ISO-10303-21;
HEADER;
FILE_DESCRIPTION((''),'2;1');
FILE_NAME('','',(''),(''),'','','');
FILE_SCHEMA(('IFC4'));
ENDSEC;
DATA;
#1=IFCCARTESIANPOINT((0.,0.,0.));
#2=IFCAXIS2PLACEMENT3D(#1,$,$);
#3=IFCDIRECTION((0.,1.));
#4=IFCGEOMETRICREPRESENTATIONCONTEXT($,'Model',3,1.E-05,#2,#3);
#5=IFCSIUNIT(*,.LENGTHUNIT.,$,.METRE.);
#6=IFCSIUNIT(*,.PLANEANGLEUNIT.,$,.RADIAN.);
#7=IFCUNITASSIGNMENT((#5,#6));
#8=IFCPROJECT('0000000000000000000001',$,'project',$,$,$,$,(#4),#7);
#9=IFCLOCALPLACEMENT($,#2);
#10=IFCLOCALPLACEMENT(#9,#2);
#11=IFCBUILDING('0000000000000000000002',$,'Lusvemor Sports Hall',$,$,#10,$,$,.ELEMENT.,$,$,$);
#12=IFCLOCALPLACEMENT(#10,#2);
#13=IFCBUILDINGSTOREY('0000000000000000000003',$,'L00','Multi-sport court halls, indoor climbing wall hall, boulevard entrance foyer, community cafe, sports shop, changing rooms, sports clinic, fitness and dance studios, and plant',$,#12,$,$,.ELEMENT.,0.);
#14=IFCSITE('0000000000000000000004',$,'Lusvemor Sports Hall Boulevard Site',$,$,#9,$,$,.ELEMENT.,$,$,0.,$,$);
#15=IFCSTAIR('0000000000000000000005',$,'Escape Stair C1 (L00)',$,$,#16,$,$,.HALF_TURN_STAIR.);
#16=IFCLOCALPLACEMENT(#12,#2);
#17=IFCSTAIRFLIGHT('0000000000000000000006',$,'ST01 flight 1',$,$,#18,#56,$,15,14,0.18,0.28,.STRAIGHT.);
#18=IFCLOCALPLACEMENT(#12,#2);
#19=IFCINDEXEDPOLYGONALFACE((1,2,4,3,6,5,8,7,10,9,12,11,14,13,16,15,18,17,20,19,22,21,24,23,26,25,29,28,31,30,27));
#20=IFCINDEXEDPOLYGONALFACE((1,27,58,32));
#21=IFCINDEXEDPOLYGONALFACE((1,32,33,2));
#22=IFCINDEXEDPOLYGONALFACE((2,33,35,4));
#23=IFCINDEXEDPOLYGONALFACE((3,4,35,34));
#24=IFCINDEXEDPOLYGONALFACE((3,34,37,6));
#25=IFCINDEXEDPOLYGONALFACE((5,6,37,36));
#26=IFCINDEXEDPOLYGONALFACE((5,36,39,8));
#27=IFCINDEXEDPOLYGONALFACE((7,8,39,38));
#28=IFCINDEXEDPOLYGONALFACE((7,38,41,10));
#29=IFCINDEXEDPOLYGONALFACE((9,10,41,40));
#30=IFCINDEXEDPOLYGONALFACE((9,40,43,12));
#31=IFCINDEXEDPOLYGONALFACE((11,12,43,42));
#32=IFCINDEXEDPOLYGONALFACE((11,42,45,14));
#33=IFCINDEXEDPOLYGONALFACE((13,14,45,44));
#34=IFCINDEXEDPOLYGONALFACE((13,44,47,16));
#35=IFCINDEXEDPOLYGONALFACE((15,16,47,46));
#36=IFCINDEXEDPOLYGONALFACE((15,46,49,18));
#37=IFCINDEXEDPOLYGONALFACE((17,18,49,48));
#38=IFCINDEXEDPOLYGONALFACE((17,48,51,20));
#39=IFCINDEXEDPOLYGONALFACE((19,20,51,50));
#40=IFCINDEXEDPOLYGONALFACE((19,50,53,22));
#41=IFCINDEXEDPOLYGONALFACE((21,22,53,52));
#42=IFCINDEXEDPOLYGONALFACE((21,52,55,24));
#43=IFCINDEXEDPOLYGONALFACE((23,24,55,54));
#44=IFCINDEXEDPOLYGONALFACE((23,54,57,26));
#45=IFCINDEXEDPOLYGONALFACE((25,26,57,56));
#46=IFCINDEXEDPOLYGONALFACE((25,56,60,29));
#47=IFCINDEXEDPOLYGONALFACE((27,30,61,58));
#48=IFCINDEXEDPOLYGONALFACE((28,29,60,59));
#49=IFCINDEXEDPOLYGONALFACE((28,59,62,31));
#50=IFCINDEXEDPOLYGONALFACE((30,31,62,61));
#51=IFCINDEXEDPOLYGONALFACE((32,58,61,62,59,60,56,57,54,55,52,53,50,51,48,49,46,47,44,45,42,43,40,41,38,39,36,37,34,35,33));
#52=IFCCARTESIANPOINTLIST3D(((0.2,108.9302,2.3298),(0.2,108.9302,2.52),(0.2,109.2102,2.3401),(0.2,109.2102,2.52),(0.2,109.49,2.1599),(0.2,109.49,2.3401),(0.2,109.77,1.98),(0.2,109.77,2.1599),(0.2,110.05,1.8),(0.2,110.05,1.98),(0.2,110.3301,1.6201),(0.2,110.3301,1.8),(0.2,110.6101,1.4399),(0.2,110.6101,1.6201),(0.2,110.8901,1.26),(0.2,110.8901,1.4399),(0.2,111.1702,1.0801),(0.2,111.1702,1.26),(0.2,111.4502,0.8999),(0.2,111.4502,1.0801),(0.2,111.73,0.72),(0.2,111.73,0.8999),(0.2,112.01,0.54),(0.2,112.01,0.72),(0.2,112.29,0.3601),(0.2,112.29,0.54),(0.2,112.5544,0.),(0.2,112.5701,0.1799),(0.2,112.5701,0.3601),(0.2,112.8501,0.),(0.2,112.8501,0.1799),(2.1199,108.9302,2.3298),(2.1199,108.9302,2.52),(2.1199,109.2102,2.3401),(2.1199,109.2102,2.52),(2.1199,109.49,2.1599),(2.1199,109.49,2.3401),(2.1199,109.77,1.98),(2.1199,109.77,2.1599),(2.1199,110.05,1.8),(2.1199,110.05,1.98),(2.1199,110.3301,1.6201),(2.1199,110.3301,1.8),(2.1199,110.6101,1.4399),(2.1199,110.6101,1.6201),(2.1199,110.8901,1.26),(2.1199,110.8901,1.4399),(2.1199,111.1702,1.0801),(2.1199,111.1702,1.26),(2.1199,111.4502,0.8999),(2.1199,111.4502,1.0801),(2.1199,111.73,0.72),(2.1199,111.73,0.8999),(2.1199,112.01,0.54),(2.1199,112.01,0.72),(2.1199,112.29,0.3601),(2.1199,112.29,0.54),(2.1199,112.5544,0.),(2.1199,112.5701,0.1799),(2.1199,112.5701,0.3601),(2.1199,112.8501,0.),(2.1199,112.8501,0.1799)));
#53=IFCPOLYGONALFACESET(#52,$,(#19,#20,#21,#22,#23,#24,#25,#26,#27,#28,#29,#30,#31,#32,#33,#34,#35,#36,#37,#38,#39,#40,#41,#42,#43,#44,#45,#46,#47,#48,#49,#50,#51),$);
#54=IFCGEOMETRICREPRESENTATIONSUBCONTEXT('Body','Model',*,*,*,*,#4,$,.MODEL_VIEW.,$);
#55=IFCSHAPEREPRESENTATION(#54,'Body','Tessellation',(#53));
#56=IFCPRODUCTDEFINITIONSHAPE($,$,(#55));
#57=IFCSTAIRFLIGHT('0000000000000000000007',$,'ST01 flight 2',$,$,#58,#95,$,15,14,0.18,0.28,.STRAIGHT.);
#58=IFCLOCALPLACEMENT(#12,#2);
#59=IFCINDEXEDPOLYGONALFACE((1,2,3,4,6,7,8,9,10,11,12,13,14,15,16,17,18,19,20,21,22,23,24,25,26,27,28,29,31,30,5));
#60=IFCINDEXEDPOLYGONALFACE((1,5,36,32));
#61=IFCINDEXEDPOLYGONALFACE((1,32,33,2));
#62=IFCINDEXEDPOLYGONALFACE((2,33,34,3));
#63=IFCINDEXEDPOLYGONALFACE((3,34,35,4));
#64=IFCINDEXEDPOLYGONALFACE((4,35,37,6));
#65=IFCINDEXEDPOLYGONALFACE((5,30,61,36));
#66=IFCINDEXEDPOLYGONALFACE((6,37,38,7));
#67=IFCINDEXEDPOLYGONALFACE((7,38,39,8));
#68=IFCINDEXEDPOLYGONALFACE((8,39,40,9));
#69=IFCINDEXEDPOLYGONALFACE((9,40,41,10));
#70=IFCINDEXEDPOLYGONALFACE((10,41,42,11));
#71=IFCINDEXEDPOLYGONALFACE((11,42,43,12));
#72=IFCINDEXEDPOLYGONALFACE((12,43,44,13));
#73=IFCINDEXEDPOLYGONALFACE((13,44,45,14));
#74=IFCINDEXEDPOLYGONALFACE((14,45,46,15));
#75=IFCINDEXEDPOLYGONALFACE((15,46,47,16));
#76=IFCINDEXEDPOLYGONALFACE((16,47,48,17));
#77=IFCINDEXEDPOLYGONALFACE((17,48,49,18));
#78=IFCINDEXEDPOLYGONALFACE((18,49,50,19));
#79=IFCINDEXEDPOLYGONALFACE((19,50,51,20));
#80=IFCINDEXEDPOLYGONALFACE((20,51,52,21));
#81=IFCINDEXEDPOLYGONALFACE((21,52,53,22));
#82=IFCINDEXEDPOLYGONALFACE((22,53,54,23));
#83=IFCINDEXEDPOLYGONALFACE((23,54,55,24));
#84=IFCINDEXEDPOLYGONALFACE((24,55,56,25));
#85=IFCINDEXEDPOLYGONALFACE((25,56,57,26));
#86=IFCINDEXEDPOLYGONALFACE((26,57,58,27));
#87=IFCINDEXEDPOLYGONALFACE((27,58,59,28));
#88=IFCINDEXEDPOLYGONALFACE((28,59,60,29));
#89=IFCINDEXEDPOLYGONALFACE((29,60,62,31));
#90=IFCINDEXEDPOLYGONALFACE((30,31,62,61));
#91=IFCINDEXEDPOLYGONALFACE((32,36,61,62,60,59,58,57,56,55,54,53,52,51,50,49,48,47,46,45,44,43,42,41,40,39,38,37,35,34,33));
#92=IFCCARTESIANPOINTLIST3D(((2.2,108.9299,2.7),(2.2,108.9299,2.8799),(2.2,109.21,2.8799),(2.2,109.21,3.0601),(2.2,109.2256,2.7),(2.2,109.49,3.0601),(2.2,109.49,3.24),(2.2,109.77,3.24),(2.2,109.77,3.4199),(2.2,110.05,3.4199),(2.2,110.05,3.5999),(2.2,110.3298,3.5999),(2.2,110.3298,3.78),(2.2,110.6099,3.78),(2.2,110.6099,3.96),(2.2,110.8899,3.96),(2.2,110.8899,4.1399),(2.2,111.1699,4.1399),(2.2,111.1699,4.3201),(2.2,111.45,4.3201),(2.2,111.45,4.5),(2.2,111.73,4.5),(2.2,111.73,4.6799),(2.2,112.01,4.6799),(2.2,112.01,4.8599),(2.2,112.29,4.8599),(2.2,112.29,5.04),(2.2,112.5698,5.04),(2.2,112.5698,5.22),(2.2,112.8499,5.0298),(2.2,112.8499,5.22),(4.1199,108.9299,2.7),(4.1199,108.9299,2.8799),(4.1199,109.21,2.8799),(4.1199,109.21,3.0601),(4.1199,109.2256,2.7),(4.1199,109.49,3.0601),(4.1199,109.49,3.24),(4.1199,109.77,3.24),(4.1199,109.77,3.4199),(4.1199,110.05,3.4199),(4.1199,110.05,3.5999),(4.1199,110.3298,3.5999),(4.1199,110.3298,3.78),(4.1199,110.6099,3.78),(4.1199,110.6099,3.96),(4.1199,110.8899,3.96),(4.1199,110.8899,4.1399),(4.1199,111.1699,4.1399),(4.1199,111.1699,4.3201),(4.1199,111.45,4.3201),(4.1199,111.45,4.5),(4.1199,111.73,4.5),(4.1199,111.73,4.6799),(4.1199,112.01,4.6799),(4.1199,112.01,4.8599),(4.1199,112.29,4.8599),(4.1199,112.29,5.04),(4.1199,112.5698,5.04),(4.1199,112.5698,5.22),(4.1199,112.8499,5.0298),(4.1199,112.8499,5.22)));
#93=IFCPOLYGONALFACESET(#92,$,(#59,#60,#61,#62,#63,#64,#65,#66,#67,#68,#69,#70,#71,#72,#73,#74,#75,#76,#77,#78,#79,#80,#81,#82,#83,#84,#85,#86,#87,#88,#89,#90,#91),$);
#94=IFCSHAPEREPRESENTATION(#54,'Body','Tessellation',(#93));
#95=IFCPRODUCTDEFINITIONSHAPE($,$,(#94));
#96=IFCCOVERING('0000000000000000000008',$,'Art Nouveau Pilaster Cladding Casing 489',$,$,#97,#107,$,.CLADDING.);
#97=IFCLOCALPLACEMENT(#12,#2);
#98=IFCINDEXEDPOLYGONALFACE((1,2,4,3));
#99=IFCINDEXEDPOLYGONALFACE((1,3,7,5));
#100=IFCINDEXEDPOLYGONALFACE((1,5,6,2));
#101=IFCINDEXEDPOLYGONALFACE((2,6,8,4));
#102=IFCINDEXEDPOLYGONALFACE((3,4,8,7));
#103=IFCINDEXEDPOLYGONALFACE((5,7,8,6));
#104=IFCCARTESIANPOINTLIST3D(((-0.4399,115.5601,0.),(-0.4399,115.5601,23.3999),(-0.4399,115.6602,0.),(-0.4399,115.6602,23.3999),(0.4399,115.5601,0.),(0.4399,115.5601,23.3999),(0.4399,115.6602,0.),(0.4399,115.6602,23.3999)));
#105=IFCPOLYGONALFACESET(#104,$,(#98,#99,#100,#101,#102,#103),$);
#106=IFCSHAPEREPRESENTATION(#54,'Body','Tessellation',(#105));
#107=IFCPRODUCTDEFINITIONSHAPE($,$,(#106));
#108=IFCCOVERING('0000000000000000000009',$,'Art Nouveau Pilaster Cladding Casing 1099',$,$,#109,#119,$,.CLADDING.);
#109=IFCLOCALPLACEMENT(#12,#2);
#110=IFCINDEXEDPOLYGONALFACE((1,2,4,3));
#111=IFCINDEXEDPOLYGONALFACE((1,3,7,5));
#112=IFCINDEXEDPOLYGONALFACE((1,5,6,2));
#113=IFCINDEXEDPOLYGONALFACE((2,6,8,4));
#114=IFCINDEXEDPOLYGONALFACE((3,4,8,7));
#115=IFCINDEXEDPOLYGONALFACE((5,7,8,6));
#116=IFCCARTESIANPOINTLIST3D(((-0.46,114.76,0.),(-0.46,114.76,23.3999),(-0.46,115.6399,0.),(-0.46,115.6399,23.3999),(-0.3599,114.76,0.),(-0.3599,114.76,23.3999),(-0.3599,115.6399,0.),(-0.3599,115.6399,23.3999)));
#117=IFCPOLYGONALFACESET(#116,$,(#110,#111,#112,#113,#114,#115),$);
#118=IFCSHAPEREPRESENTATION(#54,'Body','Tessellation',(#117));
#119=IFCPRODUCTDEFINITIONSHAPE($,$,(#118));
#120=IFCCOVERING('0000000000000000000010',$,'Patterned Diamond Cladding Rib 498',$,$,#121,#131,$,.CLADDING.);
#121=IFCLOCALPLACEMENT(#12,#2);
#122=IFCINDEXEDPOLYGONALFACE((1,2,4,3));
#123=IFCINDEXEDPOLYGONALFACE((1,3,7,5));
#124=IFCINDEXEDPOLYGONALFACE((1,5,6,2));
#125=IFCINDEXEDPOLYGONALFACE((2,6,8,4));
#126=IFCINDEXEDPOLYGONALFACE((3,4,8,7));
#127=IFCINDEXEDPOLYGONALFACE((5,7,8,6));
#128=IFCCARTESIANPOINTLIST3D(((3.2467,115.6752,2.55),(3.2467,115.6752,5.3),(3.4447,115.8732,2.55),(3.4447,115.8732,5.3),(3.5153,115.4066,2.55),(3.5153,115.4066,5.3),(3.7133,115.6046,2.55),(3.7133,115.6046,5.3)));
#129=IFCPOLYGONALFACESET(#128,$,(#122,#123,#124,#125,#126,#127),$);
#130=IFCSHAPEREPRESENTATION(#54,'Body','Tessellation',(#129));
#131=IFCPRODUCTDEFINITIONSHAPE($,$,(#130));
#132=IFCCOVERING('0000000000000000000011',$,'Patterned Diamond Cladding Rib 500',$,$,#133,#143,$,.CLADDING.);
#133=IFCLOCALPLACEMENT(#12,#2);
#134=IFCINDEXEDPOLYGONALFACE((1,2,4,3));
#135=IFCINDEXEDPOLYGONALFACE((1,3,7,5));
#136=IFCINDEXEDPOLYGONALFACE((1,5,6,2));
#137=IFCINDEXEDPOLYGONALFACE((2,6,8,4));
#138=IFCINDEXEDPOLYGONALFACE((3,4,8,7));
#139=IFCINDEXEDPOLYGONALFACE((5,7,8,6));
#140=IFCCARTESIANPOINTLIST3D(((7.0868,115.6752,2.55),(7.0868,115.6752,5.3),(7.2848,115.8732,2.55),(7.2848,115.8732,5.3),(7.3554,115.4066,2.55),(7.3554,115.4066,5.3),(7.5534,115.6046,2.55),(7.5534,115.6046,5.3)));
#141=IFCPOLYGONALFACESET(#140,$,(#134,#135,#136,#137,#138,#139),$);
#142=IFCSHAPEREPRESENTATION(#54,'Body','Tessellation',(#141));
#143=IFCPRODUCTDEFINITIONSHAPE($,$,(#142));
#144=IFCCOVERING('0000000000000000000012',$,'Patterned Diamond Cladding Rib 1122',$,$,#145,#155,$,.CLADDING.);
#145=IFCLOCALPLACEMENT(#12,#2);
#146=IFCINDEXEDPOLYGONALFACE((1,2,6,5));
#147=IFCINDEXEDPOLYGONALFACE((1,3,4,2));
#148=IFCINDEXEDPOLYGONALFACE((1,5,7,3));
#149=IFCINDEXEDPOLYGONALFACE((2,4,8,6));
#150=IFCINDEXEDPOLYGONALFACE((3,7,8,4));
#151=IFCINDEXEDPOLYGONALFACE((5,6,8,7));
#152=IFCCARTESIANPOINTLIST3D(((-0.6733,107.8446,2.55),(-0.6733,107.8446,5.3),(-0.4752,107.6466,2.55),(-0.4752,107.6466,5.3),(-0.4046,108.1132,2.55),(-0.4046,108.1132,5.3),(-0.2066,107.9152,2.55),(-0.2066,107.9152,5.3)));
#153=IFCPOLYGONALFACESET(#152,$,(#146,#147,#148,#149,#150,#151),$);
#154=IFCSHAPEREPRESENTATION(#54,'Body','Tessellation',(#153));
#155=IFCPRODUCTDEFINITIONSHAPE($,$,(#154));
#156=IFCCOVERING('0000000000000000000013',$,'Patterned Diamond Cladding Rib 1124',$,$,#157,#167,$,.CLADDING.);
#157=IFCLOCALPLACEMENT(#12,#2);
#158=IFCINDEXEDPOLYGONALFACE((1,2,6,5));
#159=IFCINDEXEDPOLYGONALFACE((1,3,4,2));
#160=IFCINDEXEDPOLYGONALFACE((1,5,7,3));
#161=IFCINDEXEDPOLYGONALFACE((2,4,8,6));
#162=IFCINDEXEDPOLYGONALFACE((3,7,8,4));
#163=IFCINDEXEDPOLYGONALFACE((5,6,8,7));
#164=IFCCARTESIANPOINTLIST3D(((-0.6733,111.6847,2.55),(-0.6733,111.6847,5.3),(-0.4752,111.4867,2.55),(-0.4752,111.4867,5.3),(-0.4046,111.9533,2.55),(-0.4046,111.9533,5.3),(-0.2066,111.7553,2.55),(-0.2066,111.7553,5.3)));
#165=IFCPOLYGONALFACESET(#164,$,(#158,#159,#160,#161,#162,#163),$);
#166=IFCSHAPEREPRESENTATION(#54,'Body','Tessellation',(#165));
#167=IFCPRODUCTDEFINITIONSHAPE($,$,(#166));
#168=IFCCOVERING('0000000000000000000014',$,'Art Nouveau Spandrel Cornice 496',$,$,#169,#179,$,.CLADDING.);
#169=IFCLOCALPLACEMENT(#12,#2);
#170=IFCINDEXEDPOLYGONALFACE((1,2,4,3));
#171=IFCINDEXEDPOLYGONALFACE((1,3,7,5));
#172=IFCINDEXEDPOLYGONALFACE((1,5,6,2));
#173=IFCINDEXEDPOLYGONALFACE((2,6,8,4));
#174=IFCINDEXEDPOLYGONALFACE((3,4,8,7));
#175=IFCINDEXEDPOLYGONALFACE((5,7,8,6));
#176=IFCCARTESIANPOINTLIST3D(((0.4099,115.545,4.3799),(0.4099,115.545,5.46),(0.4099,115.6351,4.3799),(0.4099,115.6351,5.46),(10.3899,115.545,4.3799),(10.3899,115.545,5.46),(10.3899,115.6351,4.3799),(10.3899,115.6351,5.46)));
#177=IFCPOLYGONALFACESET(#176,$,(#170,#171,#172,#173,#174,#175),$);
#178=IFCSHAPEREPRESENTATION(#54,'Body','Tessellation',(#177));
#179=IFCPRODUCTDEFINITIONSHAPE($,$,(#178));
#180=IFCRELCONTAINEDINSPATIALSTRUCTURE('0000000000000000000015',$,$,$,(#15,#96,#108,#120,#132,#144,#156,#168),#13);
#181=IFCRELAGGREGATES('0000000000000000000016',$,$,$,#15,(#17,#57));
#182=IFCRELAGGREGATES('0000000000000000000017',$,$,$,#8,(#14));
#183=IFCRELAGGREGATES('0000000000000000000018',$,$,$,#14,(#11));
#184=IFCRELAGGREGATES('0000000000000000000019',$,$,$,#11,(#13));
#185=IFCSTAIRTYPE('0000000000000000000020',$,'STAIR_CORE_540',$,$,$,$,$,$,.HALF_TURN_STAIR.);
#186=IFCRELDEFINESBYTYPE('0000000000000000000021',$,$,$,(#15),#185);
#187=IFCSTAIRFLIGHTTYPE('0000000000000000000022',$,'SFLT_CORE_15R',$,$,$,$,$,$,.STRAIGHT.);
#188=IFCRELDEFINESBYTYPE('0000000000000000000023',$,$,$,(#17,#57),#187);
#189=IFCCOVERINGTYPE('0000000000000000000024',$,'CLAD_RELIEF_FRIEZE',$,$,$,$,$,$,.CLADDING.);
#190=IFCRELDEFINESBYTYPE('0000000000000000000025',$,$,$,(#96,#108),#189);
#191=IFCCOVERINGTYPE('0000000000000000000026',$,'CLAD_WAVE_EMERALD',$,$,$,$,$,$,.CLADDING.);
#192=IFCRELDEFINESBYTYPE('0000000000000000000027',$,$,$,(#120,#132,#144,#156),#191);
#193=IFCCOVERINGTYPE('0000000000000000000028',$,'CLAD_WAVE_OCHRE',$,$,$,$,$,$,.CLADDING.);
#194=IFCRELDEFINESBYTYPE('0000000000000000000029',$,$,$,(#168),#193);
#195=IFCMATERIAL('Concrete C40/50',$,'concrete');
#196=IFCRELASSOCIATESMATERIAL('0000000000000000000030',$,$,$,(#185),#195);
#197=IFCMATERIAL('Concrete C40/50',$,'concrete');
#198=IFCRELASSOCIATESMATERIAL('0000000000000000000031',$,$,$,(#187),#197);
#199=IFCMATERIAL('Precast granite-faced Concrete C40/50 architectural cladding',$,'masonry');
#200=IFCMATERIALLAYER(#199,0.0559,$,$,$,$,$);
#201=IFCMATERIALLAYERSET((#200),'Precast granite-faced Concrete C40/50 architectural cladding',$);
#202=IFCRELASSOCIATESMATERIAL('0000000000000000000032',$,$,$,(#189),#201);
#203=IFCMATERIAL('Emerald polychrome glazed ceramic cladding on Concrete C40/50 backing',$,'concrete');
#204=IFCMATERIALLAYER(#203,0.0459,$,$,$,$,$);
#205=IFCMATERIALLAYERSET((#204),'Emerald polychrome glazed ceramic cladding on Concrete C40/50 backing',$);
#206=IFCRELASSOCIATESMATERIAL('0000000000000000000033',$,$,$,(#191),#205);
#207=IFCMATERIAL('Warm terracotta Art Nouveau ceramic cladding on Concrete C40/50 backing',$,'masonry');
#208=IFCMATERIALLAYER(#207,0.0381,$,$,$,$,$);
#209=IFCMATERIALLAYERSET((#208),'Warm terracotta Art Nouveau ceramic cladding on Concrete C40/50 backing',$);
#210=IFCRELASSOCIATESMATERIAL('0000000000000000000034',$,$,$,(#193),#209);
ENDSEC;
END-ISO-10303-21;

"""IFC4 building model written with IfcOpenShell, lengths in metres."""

from ifc_helpers import new_model, si_unit, direction, frame, origin, origin_2d, place, context, subcontext, project, spatial, polyline, rectangle, outline, extrude, material, layer, layer_set, type_object, element, aggregate, save


model = new_model("IFC4")

# Units and contexts
model_context = context("Model", 3, precision=1e-05, world=origin(), true_north=direction((0.0, 1.0)))
body_context = subcontext(model_context, "Body", "Model", "MODEL_VIEW")
ifc_project = project(units=[si_unit("LENGTHUNIT", "METRE"), si_unit("PLANEANGLEUNIT", "RADIAN")], contexts=[model_context])

# Site, building, storey
site_placement = place(None, origin())
site = spatial("IfcSite", under=ifc_project, at=site_placement, Name="Lusvemor Sports Hall Boulevard Site", CompositionType="ELEMENT", RefElevation=0.0)
building_placement = place(site_placement, origin())
building = spatial("IfcBuilding", under=site, at=building_placement, Name="Lusvemor Sports Hall", CompositionType="ELEMENT")
storey_placement = place(building_placement, origin())
storey = spatial("IfcBuildingStorey", under=building, at=storey_placement, Name="L00", Description="Multi-sport court halls, indoor climbing wall hall, boulevard entrance foyer, community cafe, sports shop, changing rooms, sports clinic, fitness and dance studios, and plant", CompositionType="ELEMENT", Elevation=0.0)

# Stair, stair flights
ifc_material_1 = material(Name="Concrete C40/50", Category="concrete")
stair_type = type_object("IfcStairType", Name="STAIR_CORE_540", PredefinedType="HALF_TURN_STAIR", material=ifc_material_1)
stair_placement = place(storey_placement, origin())
stair = element("IfcStair", 1, at=stair_placement, inside=storey, type_object=stair_type, Name="Escape Stair C1 (L00)", PredefinedType="HALF_TURN_STAIR")
ifc_material_2 = material(Name="Concrete C40/50", Category="concrete")
stair_flight_type = type_object("IfcStairFlightType", Name="SFLT_CORE_15R", PredefinedType="STRAIGHT", material=ifc_material_2)
stair_flight_1_placement = place(storey_placement, frame((1.1599, 112.8501, 0.0), z_axis=(0.0, 0.0, 1.0), x_axis=(0.0, -1.0, 0.0)))
stair_flight_1 = element("IfcStairFlight", 2, at=stair_flight_1_placement, type_object=stair_flight_type, Name="ST01 flight 1", NumberOfRisers=15, NumberOfTreads=14, PredefinedType="STRAIGHT", RiserHeight=0.18, TreadLength=0.28, context=body_context, shape_type="SweptSolid", body=[
    extrude(outline(polyline([(0.0, 0.0), (0.0, 0.1799), (0.28, 0.1799), (0.28, 0.3601), (0.5601, 0.3601), (0.5601, 0.54), (0.8401, 0.54), (0.8401, 0.72), (1.1201, 0.72), (1.1201, 0.8999), (1.3999, 0.8999), (1.3999, 1.0801), (1.6799, 1.0801), (1.6799, 1.26), (1.96, 1.26), (1.96, 1.4399), (2.24, 1.4399), (2.24, 1.6201), (2.52, 1.6201), (2.52, 1.8), (2.8, 1.8), (2.8, 1.98), (3.0801, 1.98), (3.0801, 2.1599), (3.3601, 2.1599), (3.3601, 2.3401), (3.6399, 2.3401), (3.6399, 2.52), (3.9199, 2.52), (3.9199, 2.7), (3.9199, 2.3298), (0.2957, 0.0), (0.0, 0.0)])), frame((0.0, 0.96, 0.0), z_axis=(0.0, -1.0, 0.0), x_axis=(1.0, 0.0, 0.0)), (0.0, 0.0, 1.0), 1.9199),
])
stair_flight_2_placement = place(storey_placement, frame((3.1599, 108.9299, 2.7), z_axis=(0.0, 0.0, 1.0), x_axis=(0.0, 1.0, 0.0)))
stair_flight_2 = element("IfcStairFlight", 3, at=stair_flight_2_placement, type_object=stair_flight_type, Name="ST01 flight 2", NumberOfRisers=15, NumberOfTreads=14, PredefinedType="STRAIGHT", RiserHeight=0.18, TreadLength=0.28, context=body_context, shape_type="SweptSolid", body=[
    extrude(outline(polyline([(0.0, 0.0), (0.0, 0.1799), (0.28, 0.1799), (0.28, 0.3601), (0.5601, 0.3601), (0.5601, 0.54), (0.8401, 0.54), (0.8401, 0.72), (1.1201, 0.72), (1.1201, 0.8999), (1.3999, 0.8999), (1.3999, 1.0801), (1.6799, 1.0801), (1.6799, 1.26), (1.96, 1.26), (1.96, 1.4399), (2.24, 1.4399), (2.24, 1.6201), (2.52, 1.6201), (2.52, 1.8), (2.8, 1.8), (2.8, 1.98), (3.0801, 1.98), (3.0801, 2.1599), (3.3601, 2.1599), (3.3601, 2.3401), (3.6399, 2.3401), (3.6399, 2.52), (3.9199, 2.52), (3.9199, 2.7), (3.9199, 2.3298), (0.2957, 0.0), (0.0, 0.0)])), frame((0.0, 0.96, 0.0), z_axis=(0.0, -1.0, 0.0), x_axis=(1.0, 0.0, 0.0)), (0.0, 0.0, 1.0), 1.9199),
])
aggregate(stair, [stair_flight_1, stair_flight_2])

# Coverings
ifc_material_3 = material(Name="Precast granite-faced Concrete C40/50 architectural cladding", Category="masonry")
ifc_layer_1 = layer(ifc_material_3, 0.0559)
ifc_layer_set_1 = layer_set([ifc_layer_1], Name="Precast granite-faced Concrete C40/50 architectural cladding")
covering_type_1 = type_object("IfcCoveringType", Name="CLAD_RELIEF_FRIEZE", PredefinedType="CLADDING", material=ifc_layer_set_1)
covering_1_placement = place(storey_placement, frame((0.0, 115.6101, 0.0), z_axis=(0.0, 0.0, 1.0), x_axis=(1.0, 0.0, 0.0)))
element("IfcCovering", 4, at=covering_1_placement, inside=storey, type_object=covering_type_1, Name="Art Nouveau Pilaster Cladding Casing 489", PredefinedType="CLADDING", context=body_context, shape_type="SweptSolid", body=[
    extrude(rectangle(XDim=0.8799, YDim=0.1001, at=origin_2d()), origin(), (0.0, 0.0, 1.0), 23.3999),
])
covering_2_placement = place(storey_placement, frame((-0.4099, 115.2, 0.0), z_axis=(0.0, 0.0, 1.0), x_axis=(1.0, 0.0, 0.0)))
element("IfcCovering", 5, at=covering_2_placement, inside=storey, type_object=covering_type_1, Name="Art Nouveau Pilaster Cladding Casing 1099", PredefinedType="CLADDING", context=body_context, shape_type="SweptSolid", body=[
    extrude(rectangle(XDim=0.1001, YDim=0.8799, at=origin_2d()), origin(), (0.0, 0.0, 1.0), 23.3999),
])
ifc_material_4 = material(Name="Emerald polychrome glazed ceramic cladding on Concrete C40/50 backing", Category="concrete")
ifc_layer_2 = layer(ifc_material_4, 0.0459)
ifc_layer_set_2 = layer_set([ifc_layer_2], Name="Emerald polychrome glazed ceramic cladding on Concrete C40/50 backing")
covering_type_2 = type_object("IfcCoveringType", Name="CLAD_WAVE_EMERALD", PredefinedType="CLADDING", material=ifc_layer_set_2)
for number, where, z_axis, x_axis, name in (
    (6, (3.48, 115.6399, 2.55), (0.0, 0.0, 1.0), (0.707107, 0.707107, 0.0), "Patterned Diamond Cladding Rib 498"),
    (7, (7.3201, 115.6399, 2.55), (0.0, 0.0, 1.0), (0.707107, 0.707107, 0.0), "Patterned Diamond Cladding Rib 500"),
):
    element("IfcCovering", number, at=place(storey_placement, frame(where, z_axis=z_axis, x_axis=x_axis)), inside=storey, type_object=covering_type_2, Name=name, PredefinedType="CLADDING", context=body_context, shape_type="SweptSolid", body=[
        extrude(rectangle(XDim=0.28, YDim=0.3799, at=origin_2d()), origin(), (0.0, 0.0, 1.0), 2.75),
    ])
for number, where, z_axis, x_axis, name in (
    (8, (-0.4399, 107.8799, 2.55), (0.0, 0.0, 1.0), (0.707107, 0.707107, 0.0), "Patterned Diamond Cladding Rib 1122"),
    (9, (-0.4399, 111.72, 2.55), (0.0, 0.0, 1.0), (0.707107, 0.707107, 0.0), "Patterned Diamond Cladding Rib 1124"),
):
    element("IfcCovering", number, at=place(storey_placement, frame(where, z_axis=z_axis, x_axis=x_axis)), inside=storey, type_object=covering_type_2, Name=name, PredefinedType="CLADDING", context=body_context, shape_type="SweptSolid", body=[
        extrude(rectangle(XDim=0.3799, YDim=0.28, at=origin_2d()), origin(), (0.0, 0.0, 1.0), 2.75),
    ])
ifc_material_5 = material(Name="Warm terracotta Art Nouveau ceramic cladding on Concrete C40/50 backing", Category="masonry")
ifc_layer_3 = layer(ifc_material_5, 0.0381)
ifc_layer_set_3 = layer_set([ifc_layer_3], Name="Warm terracotta Art Nouveau ceramic cladding on Concrete C40/50 backing")
covering_type_3 = type_object("IfcCoveringType", Name="CLAD_WAVE_OCHRE", PredefinedType="CLADDING", material=ifc_layer_set_3)
covering_3_placement = place(storey_placement, frame((5.3999, 115.5901, 4.3799), z_axis=(0.0, 0.0, 1.0), x_axis=(1.0, 0.0, 0.0)))
element("IfcCovering", 10, at=covering_3_placement, inside=storey, type_object=covering_type_3, Name="Art Nouveau Spandrel Cornice 496", PredefinedType="CLADDING", context=body_context, shape_type="SweptSolid", body=[
    extrude(rectangle(XDim=9.98, YDim=0.0901, at=origin_2d()), origin(), (0.0, 0.0, 1.0), 1.0801),
])

save(model, "model.ifc")
